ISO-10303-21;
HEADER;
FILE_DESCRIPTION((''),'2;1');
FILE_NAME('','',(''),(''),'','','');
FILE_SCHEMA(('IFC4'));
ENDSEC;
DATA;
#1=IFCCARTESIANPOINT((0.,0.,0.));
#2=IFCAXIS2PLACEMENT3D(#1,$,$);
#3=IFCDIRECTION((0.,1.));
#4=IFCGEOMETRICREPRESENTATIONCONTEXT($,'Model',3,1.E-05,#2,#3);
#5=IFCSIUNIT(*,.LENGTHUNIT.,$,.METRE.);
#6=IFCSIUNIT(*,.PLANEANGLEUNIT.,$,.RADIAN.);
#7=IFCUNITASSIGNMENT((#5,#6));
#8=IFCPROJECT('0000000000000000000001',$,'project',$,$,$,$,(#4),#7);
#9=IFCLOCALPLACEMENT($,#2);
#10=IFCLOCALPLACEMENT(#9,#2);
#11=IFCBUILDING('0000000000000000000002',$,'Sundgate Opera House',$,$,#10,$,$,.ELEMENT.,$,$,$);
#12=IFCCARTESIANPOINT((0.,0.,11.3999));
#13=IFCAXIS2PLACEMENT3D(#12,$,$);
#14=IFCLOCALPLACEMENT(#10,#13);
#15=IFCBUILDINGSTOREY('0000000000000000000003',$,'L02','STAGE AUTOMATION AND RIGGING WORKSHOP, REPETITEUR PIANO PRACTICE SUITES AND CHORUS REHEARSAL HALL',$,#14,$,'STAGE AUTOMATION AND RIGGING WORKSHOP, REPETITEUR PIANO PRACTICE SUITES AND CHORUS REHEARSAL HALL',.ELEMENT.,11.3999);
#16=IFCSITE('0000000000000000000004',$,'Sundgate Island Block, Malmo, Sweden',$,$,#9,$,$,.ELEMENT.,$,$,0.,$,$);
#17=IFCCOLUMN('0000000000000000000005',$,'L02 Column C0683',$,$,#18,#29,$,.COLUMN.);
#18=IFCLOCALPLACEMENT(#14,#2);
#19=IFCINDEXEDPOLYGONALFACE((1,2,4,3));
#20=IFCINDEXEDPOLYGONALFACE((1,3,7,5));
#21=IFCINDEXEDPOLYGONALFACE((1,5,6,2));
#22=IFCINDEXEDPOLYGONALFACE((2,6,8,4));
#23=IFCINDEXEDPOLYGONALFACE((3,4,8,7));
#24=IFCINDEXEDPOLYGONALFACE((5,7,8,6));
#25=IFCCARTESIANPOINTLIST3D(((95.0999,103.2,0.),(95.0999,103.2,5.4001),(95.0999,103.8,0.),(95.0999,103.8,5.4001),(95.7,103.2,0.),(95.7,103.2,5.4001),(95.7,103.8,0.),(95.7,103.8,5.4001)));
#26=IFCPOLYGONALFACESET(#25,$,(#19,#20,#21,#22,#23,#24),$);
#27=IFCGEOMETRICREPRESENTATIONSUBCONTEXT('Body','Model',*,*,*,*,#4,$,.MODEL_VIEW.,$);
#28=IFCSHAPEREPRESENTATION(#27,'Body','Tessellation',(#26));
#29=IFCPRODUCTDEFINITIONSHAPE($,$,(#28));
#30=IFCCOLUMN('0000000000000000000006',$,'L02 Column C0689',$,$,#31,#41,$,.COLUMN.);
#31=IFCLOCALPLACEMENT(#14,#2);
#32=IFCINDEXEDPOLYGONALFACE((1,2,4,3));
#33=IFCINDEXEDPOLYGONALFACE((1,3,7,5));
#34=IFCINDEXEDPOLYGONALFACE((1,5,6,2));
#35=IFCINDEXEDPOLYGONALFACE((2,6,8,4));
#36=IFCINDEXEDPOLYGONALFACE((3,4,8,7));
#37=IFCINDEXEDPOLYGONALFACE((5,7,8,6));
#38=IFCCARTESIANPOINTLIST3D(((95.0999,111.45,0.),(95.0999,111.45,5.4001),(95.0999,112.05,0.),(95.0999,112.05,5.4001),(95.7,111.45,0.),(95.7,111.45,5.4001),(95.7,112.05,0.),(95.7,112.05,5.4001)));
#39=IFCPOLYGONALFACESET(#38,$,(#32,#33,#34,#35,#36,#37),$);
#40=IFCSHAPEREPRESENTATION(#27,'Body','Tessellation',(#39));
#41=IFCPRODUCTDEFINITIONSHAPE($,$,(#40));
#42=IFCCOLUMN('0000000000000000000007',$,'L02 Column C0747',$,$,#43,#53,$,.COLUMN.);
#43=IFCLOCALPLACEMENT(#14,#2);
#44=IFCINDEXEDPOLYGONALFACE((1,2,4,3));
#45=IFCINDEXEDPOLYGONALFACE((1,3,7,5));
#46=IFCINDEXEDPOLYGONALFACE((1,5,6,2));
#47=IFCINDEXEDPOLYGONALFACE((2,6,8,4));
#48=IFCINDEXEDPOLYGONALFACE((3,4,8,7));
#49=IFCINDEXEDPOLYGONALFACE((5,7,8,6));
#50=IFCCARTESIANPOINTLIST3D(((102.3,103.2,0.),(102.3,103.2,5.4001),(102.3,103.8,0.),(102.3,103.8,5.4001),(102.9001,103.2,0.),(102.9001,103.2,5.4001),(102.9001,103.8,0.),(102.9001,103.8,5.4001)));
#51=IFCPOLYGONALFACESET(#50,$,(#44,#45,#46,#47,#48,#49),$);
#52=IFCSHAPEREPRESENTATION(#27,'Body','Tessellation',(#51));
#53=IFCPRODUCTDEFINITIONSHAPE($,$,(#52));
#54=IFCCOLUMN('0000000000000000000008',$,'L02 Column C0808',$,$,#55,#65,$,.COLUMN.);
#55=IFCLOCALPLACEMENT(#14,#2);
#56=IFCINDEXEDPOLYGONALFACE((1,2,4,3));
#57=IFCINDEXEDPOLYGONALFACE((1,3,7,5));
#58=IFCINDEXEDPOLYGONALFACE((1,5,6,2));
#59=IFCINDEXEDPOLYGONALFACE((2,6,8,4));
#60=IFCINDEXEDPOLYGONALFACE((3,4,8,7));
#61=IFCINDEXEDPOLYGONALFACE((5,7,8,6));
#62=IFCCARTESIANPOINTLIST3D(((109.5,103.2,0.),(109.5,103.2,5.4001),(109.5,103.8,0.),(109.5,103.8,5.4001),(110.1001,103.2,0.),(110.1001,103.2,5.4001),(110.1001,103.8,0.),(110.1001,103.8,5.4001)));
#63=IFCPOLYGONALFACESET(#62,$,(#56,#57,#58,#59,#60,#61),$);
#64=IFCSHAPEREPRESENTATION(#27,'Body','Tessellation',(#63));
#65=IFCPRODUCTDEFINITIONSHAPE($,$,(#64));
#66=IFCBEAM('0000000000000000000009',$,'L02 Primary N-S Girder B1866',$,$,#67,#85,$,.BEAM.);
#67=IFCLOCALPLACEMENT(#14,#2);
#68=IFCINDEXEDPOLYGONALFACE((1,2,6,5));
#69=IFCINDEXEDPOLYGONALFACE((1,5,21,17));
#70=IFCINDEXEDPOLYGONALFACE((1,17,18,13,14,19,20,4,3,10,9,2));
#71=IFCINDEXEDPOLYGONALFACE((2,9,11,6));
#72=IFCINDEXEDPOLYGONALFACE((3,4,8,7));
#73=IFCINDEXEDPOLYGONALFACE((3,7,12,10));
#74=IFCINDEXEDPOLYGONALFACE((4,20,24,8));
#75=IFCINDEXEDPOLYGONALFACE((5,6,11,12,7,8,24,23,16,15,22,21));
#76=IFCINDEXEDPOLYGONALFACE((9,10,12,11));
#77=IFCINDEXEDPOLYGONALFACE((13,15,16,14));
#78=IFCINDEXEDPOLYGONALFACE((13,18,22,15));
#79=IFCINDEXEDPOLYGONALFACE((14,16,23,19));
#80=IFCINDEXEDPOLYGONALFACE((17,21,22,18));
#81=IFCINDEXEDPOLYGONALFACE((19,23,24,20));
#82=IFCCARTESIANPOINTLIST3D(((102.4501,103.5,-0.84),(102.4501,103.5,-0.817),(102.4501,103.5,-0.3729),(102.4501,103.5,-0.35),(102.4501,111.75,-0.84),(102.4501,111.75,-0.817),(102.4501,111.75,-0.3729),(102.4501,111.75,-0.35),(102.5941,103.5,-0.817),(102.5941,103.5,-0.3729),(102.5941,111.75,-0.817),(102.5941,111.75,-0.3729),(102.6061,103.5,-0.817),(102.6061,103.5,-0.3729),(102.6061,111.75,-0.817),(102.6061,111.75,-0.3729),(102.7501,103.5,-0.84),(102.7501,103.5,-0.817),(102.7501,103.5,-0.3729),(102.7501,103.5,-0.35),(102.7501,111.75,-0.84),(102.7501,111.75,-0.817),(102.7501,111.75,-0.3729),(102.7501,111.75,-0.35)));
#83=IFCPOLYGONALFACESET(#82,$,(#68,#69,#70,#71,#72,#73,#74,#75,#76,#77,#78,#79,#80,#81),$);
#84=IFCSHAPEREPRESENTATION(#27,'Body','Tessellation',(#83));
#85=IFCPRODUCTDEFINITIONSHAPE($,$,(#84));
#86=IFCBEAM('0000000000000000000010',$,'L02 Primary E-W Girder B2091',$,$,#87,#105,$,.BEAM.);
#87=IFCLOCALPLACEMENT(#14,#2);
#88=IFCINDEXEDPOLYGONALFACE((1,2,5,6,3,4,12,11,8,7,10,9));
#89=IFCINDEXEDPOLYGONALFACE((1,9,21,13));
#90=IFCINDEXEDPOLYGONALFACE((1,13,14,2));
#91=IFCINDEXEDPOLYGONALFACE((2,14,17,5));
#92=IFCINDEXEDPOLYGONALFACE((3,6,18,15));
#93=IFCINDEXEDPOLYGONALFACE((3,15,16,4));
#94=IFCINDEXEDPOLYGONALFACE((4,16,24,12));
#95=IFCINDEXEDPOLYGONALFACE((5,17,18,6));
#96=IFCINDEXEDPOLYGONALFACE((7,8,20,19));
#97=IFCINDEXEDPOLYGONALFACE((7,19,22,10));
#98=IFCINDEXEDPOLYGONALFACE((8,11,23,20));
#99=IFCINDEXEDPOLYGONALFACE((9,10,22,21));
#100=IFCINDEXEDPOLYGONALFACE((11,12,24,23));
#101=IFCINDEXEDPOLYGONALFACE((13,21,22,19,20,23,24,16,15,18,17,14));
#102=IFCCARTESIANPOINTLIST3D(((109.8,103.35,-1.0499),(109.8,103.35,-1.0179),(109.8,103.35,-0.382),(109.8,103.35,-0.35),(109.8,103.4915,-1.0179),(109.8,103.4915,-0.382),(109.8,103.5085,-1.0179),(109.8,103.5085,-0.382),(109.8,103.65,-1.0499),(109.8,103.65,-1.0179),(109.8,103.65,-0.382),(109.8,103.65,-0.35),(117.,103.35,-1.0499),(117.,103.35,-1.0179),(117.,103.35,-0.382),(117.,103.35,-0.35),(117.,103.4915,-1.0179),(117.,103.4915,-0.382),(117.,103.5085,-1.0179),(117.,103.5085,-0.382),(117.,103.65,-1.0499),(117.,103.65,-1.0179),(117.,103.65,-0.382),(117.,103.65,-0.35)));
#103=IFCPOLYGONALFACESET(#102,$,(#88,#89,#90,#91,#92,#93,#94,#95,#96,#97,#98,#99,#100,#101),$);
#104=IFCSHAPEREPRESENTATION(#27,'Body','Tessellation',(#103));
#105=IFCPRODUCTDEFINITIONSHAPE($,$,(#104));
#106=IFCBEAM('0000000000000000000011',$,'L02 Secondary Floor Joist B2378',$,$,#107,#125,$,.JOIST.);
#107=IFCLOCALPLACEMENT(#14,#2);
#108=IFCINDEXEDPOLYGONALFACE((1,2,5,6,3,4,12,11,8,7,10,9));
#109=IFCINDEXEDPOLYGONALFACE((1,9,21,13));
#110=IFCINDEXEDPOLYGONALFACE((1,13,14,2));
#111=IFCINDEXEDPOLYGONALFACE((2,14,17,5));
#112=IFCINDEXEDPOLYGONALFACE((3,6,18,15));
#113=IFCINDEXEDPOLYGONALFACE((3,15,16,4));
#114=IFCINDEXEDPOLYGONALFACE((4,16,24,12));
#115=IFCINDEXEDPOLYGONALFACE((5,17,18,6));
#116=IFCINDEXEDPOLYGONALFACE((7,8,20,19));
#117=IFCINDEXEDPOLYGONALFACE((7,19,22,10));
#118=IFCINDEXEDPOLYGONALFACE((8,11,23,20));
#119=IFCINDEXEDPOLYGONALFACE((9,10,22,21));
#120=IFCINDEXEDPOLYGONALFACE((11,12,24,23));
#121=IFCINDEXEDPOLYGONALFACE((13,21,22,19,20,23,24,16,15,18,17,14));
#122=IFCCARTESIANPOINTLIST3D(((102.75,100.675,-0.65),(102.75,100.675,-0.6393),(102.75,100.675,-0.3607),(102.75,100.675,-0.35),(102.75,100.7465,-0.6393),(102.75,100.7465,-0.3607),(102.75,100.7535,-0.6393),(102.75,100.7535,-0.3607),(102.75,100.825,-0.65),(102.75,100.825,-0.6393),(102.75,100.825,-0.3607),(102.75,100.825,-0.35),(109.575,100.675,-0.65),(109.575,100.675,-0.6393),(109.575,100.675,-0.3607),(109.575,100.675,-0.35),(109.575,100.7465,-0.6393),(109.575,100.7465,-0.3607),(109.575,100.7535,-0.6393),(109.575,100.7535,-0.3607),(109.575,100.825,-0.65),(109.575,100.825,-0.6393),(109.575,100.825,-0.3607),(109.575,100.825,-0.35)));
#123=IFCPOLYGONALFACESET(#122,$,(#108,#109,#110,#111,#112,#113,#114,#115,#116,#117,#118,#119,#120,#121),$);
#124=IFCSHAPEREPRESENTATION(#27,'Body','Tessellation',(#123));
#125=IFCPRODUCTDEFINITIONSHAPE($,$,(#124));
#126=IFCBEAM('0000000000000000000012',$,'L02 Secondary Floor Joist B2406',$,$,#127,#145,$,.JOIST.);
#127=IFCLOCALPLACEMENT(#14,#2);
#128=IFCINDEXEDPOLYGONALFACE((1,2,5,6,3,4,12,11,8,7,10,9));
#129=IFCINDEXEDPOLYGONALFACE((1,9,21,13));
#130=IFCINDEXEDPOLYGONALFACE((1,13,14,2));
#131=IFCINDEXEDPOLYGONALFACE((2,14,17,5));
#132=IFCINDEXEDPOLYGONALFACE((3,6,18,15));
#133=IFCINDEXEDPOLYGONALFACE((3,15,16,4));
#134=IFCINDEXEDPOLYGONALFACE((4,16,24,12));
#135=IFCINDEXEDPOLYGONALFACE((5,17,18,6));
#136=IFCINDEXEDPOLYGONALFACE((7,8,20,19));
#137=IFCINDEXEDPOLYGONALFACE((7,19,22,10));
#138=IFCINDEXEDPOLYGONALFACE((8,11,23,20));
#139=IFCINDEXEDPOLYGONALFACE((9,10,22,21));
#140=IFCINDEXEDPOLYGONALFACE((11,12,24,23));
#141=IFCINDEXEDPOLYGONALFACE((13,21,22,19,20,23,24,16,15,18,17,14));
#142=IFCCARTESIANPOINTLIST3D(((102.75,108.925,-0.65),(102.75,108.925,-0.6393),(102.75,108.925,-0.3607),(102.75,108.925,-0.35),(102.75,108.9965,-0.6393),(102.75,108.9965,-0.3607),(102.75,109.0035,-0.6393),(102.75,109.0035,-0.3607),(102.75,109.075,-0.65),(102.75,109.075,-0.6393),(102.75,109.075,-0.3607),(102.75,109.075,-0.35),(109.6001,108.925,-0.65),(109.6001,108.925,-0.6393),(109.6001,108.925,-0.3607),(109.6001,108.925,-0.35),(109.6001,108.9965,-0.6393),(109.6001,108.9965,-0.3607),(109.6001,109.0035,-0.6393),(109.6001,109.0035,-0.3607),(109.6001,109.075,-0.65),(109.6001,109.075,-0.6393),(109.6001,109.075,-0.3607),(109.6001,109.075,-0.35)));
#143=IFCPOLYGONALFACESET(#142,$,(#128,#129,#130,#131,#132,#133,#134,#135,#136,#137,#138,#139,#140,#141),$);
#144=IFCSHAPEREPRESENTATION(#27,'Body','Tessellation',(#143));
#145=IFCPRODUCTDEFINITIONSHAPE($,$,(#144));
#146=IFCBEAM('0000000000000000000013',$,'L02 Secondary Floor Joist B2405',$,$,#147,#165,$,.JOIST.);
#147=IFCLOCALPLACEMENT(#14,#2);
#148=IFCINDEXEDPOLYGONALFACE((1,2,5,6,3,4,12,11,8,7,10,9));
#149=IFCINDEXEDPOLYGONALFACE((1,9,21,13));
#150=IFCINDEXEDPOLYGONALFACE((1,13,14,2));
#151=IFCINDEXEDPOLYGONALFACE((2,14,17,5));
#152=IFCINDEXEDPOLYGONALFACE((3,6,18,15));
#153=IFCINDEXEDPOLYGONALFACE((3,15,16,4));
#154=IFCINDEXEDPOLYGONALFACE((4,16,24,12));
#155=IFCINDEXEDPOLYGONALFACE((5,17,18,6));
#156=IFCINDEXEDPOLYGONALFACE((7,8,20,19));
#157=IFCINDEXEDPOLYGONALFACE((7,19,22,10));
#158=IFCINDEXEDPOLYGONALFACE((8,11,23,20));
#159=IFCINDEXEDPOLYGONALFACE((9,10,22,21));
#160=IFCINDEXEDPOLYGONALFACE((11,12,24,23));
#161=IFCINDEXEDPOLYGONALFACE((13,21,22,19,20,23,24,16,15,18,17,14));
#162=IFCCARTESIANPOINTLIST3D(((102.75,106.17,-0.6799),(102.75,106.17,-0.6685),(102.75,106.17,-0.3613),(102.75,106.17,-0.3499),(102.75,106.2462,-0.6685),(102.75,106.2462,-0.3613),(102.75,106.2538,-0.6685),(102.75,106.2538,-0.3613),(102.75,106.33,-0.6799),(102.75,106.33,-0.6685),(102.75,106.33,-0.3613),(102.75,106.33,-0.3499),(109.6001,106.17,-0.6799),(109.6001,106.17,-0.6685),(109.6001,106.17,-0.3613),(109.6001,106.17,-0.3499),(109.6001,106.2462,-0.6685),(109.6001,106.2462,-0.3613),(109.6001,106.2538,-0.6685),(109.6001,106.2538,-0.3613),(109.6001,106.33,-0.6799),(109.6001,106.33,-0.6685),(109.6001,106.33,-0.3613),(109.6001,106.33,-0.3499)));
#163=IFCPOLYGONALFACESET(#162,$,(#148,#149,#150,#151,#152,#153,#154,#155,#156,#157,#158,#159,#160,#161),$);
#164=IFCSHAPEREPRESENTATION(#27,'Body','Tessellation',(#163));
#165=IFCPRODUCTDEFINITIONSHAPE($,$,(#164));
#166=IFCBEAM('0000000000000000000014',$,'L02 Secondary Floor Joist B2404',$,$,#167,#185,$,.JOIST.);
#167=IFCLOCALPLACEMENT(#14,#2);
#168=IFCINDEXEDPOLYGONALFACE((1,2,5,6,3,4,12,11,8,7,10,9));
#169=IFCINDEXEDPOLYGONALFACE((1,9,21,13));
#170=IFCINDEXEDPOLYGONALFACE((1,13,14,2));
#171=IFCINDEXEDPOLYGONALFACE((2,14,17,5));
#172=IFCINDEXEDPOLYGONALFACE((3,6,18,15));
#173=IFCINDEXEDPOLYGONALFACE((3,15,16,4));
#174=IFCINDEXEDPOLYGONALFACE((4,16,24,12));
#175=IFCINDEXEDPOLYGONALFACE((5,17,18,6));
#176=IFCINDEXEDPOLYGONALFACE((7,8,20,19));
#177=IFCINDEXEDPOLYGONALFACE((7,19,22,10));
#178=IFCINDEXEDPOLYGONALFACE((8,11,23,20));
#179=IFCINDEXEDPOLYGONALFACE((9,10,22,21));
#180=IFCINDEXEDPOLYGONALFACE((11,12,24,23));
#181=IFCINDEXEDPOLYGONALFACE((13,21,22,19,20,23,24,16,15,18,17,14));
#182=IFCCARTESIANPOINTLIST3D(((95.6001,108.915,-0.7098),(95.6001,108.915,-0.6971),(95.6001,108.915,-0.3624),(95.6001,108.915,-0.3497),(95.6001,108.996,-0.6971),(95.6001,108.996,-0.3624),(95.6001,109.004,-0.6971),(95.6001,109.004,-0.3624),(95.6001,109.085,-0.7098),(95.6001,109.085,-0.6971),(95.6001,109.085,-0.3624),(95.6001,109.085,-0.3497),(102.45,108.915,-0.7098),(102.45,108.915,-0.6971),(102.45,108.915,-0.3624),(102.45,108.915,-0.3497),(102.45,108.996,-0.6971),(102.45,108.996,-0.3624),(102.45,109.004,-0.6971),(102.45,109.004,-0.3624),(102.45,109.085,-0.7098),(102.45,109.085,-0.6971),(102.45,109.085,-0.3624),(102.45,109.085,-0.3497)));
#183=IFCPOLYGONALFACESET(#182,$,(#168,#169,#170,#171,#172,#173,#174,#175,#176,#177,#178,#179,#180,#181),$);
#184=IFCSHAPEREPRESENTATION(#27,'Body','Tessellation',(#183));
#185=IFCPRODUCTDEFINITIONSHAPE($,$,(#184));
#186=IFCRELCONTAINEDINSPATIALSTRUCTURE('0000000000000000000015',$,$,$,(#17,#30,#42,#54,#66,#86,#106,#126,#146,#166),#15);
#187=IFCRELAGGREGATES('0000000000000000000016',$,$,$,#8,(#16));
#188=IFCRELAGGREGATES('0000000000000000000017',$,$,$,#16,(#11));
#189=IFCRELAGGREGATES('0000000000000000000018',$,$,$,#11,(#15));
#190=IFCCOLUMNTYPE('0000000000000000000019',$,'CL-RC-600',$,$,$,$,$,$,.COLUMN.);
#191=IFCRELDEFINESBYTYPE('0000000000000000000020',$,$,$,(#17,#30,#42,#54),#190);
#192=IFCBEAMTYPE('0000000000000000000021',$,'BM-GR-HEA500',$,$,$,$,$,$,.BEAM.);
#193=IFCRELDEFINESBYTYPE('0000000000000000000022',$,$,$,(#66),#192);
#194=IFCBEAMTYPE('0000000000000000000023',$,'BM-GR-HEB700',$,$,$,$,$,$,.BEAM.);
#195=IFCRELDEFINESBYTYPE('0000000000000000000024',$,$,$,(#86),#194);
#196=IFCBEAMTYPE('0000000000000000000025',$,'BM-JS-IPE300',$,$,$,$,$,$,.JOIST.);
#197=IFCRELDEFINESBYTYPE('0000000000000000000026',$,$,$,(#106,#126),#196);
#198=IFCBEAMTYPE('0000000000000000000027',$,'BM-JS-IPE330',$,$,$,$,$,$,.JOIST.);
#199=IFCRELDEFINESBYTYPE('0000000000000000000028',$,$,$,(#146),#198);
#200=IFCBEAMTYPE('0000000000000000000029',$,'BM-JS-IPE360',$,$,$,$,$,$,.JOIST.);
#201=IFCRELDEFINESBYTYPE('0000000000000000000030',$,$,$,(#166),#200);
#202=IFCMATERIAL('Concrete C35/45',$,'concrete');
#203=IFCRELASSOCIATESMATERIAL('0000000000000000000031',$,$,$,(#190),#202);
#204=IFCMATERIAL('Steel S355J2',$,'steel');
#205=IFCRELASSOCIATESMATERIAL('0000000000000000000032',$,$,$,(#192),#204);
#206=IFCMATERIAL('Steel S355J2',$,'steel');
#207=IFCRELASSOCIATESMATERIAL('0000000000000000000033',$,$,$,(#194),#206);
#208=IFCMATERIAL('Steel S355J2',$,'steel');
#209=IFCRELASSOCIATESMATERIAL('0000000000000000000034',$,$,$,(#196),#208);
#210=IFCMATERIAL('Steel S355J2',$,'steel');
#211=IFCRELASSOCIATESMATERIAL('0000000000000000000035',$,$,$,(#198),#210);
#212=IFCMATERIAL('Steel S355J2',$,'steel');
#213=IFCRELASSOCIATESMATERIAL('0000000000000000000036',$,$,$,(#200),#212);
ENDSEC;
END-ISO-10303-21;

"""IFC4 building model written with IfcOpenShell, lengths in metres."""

from ifc_helpers import new_model, si_unit, direction, frame, origin, origin_2d, place, context, subcontext, project, spatial, rectangle, i_section, extrude, material, material_profile, profile_set, type_object, element, save


model = new_model("IFC4")

# Units and contexts
model_context = context("Model", 3, precision=1e-05, world=origin(), true_north=direction((0.0, 1.0)))
body_context = subcontext(model_context, "Body", "Model", "MODEL_VIEW")
ifc_project = project(units=[si_unit("LENGTHUNIT", "METRE"), si_unit("PLANEANGLEUNIT", "RADIAN")], contexts=[model_context])

# Site, building, storey
site_placement = place(None, origin())
site = spatial("IfcSite", under=ifc_project, at=site_placement, Name="Sundgate Island Block, Malmo, Sweden", CompositionType="ELEMENT", RefElevation=0.0)
building_placement = place(site_placement, origin())
building = spatial("IfcBuilding", under=site, at=building_placement, Name="Sundgate Opera House", CompositionType="ELEMENT")
storey_placement = place(building_placement, frame((0.0, 0.0, 11.3999)))
storey = spatial("IfcBuildingStorey", under=building, at=storey_placement, Name="L02", Description="STAGE AUTOMATION AND RIGGING WORKSHOP, REPETITEUR PIANO PRACTICE SUITES AND CHORUS REHEARSAL HALL", LongName="STAGE AUTOMATION AND RIGGING WORKSHOP, REPETITEUR PIANO PRACTICE SUITES AND CHORUS REHEARSAL HALL", CompositionType="ELEMENT", Elevation=11.3999)

# Columns
ifc_material_1 = material(Name="Concrete C35/45", Category="concrete")
ifc_material_profile_1 = material_profile(ifc_material_1, rectangle(XDim=0.6001, YDim=0.6001, at=origin_2d()), Name="RC 600x600")
ifc_profile_set_1 = profile_set([ifc_material_profile_1], Name="Concrete C35/45")
column_type = type_object("IfcColumnType", Name="CL-RC-600", PredefinedType="COLUMN", material=ifc_profile_set_1)
for number, where, z_axis, x_axis, name in (
    (1, (95.3999, 103.5, 0.0), (0.0, 0.0, 1.0), (1.0, 0.0, 0.0), "L02 Column C0683"),
    (2, (95.3999, 111.75, 0.0), (0.0, 0.0, 1.0), (1.0, 0.0, 0.0), "L02 Column C0689"),
    (3, (102.6001, 103.5, 0.0), (0.0, 0.0, 1.0), (1.0, 0.0, 0.0), "L02 Column C0747"),
    (4, (109.8, 103.5, 0.0), (0.0, 0.0, 1.0), (1.0, 0.0, 0.0), "L02 Column C0808"),
):
    element("IfcColumn", number, at=place(storey_placement, frame(where, z_axis=z_axis, x_axis=x_axis)), inside=storey, type_object=column_type, Name=name, PredefinedType="COLUMN", context=body_context, shape_type="SweptSolid", body=[
        extrude(rectangle(XDim=0.6001, YDim=0.6001, at=origin_2d()), origin(), (0.0, 0.0, 1.0), 5.4001),
    ])

# Beams
ifc_material_2 = material(Name="Steel S355J2", Category="steel")
ifc_material_profile_2 = material_profile(ifc_material_2, i_section(OverallWidth=0.3, OverallDepth=0.49, WebThickness=0.012, FlangeThickness=0.0229, at=origin_2d()), Name="HEA 500")
ifc_profile_set_2 = profile_set([ifc_material_profile_2], Name="Steel S355J2")
beam_type_1 = type_object("IfcBeamType", Name="BM-GR-HEA500", PredefinedType="BEAM", material=ifc_profile_set_2)
beam_1_placement = place(storey_placement, frame((102.6001, 103.5, -0.595), z_axis=(0.0, 1.0, 0.0), x_axis=(-1.0, 0.0, 0.0)))
element("IfcBeam", 5, at=beam_1_placement, inside=storey, type_object=beam_type_1, Name="L02 Primary N-S Girder B1866", PredefinedType="BEAM", context=body_context, shape_type="SweptSolid", body=[
    extrude(i_section(OverallWidth=0.3, OverallDepth=0.49, WebThickness=0.012, FlangeThickness=0.0229, at=origin_2d()), origin(), (0.0, 0.0, 1.0), 8.25),
])
ifc_material_3 = material(Name="Steel S355J2", Category="steel")
ifc_material_profile_3 = material_profile(ifc_material_3, i_section(OverallWidth=0.3, OverallDepth=0.7, WebThickness=0.0171, FlangeThickness=0.032, at=origin_2d()), Name="HEB 700")
ifc_profile_set_3 = profile_set([ifc_material_profile_3], Name="Steel S355J2")
beam_type_2 = type_object("IfcBeamType", Name="BM-GR-HEB700", PredefinedType="BEAM", material=ifc_profile_set_3)
beam_2_placement = place(storey_placement, frame((109.8, 103.5, -0.7), z_axis=(1.0, 0.0, 0.0), x_axis=(0.0, 1.0, 0.0)))
element("IfcBeam", 6, at=beam_2_placement, inside=storey, type_object=beam_type_2, Name="L02 Primary E-W Girder B2091", PredefinedType="BEAM", context=body_context, shape_type="SweptSolid", body=[
    extrude(i_section(OverallWidth=0.3, OverallDepth=0.7, WebThickness=0.0171, FlangeThickness=0.032, at=origin_2d()), origin(), (0.0, 0.0, 1.0), 7.2),
])
ifc_material_4 = material(Name="Steel S355J2", Category="steel")
ifc_material_profile_4 = material_profile(ifc_material_4, i_section(OverallWidth=0.1499, OverallDepth=0.3, WebThickness=0.0071, FlangeThickness=0.0107, at=origin_2d()), Name="IPE 300")
ifc_profile_set_4 = profile_set([ifc_material_profile_4], Name="Steel S355J2")
beam_type_3 = type_object("IfcBeamType", Name="BM-JS-IPE300", PredefinedType="JOIST", material=ifc_profile_set_4)
beam_3_placement = place(storey_placement, frame((102.75, 100.75, -0.5), z_axis=(1.0, 0.0, 0.0), x_axis=(0.0, 1.0, 0.0)))
element("IfcBeam", 7, at=beam_3_placement, inside=storey, type_object=beam_type_3, Name="L02 Secondary Floor Joist B2378", PredefinedType="JOIST", context=body_context, shape_type="SweptSolid", body=[
    extrude(i_section(OverallWidth=0.1499, OverallDepth=0.3, WebThickness=0.0071, FlangeThickness=0.0107, at=origin_2d()), origin(), (0.0, 0.0, 1.0), 6.825),
])
beam_4_placement = place(storey_placement, frame((102.75, 109.0, -0.5), z_axis=(1.0, 0.0, 0.0), x_axis=(0.0, 1.0, 0.0)))
element("IfcBeam", 8, at=beam_4_placement, inside=storey, type_object=beam_type_3, Name="L02 Secondary Floor Joist B2406", PredefinedType="JOIST", context=body_context, shape_type="SweptSolid", body=[
    extrude(i_section(OverallWidth=0.1499, OverallDepth=0.3, WebThickness=0.0071, FlangeThickness=0.0107, at=origin_2d()), origin(), (0.0, 0.0, 1.0), 6.8501),
])
ifc_material_5 = material(Name="Steel S355J2", Category="steel")
ifc_material_profile_5 = material_profile(ifc_material_5, i_section(OverallWidth=0.1599, OverallDepth=0.3301, WebThickness=0.0076, FlangeThickness=0.0115, at=origin_2d()), Name="IPE 330")
ifc_profile_set_5 = profile_set([ifc_material_profile_5], Name="Steel S355J2")
beam_type_4 = type_object("IfcBeamType", Name="BM-JS-IPE330", PredefinedType="JOIST", material=ifc_profile_set_5)
beam_5_placement = place(storey_placement, frame((102.75, 106.25, -0.5149), z_axis=(1.0, 0.0, 0.0), x_axis=(0.0, 1.0, 0.0)))
element("IfcBeam", 9, at=beam_5_placement, inside=storey, type_object=beam_type_4, Name="L02 Secondary Floor Joist B2405", PredefinedType="JOIST", context=body_context, shape_type="SweptSolid", body=[
    extrude(i_section(OverallWidth=0.1599, OverallDepth=0.3301, WebThickness=0.0076, FlangeThickness=0.0115, at=origin_2d()), origin(), (0.0, 0.0, 1.0), 6.8501),
])
ifc_material_6 = material(Name="Steel S355J2", Category="steel")
ifc_material_profile_6 = material_profile(ifc_material_6, i_section(OverallWidth=0.1699, OverallDepth=0.3601, WebThickness=0.0081, FlangeThickness=0.0127, at=origin_2d()), Name="IPE 360")
ifc_profile_set_6 = profile_set([ifc_material_profile_6], Name="Steel S355J2")
beam_type_5 = type_object("IfcBeamType", Name="BM-JS-IPE360", PredefinedType="JOIST", material=ifc_profile_set_6)
beam_6_placement = place(storey_placement, frame((95.6001, 109.0, -0.5298), z_axis=(1.0, 0.0, 0.0), x_axis=(0.0, 1.0, 0.0)))
element("IfcBeam", 10, at=beam_6_placement, inside=storey, type_object=beam_type_5, Name="L02 Secondary Floor Joist B2404", PredefinedType="JOIST", context=body_context, shape_type="SweptSolid", body=[
    extrude(i_section(OverallWidth=0.1699, OverallDepth=0.3601, WebThickness=0.0081, FlangeThickness=0.0127, at=origin_2d()), origin(), (0.0, 0.0, 1.0), 6.8499),
])

save(model, "model.ifc")
